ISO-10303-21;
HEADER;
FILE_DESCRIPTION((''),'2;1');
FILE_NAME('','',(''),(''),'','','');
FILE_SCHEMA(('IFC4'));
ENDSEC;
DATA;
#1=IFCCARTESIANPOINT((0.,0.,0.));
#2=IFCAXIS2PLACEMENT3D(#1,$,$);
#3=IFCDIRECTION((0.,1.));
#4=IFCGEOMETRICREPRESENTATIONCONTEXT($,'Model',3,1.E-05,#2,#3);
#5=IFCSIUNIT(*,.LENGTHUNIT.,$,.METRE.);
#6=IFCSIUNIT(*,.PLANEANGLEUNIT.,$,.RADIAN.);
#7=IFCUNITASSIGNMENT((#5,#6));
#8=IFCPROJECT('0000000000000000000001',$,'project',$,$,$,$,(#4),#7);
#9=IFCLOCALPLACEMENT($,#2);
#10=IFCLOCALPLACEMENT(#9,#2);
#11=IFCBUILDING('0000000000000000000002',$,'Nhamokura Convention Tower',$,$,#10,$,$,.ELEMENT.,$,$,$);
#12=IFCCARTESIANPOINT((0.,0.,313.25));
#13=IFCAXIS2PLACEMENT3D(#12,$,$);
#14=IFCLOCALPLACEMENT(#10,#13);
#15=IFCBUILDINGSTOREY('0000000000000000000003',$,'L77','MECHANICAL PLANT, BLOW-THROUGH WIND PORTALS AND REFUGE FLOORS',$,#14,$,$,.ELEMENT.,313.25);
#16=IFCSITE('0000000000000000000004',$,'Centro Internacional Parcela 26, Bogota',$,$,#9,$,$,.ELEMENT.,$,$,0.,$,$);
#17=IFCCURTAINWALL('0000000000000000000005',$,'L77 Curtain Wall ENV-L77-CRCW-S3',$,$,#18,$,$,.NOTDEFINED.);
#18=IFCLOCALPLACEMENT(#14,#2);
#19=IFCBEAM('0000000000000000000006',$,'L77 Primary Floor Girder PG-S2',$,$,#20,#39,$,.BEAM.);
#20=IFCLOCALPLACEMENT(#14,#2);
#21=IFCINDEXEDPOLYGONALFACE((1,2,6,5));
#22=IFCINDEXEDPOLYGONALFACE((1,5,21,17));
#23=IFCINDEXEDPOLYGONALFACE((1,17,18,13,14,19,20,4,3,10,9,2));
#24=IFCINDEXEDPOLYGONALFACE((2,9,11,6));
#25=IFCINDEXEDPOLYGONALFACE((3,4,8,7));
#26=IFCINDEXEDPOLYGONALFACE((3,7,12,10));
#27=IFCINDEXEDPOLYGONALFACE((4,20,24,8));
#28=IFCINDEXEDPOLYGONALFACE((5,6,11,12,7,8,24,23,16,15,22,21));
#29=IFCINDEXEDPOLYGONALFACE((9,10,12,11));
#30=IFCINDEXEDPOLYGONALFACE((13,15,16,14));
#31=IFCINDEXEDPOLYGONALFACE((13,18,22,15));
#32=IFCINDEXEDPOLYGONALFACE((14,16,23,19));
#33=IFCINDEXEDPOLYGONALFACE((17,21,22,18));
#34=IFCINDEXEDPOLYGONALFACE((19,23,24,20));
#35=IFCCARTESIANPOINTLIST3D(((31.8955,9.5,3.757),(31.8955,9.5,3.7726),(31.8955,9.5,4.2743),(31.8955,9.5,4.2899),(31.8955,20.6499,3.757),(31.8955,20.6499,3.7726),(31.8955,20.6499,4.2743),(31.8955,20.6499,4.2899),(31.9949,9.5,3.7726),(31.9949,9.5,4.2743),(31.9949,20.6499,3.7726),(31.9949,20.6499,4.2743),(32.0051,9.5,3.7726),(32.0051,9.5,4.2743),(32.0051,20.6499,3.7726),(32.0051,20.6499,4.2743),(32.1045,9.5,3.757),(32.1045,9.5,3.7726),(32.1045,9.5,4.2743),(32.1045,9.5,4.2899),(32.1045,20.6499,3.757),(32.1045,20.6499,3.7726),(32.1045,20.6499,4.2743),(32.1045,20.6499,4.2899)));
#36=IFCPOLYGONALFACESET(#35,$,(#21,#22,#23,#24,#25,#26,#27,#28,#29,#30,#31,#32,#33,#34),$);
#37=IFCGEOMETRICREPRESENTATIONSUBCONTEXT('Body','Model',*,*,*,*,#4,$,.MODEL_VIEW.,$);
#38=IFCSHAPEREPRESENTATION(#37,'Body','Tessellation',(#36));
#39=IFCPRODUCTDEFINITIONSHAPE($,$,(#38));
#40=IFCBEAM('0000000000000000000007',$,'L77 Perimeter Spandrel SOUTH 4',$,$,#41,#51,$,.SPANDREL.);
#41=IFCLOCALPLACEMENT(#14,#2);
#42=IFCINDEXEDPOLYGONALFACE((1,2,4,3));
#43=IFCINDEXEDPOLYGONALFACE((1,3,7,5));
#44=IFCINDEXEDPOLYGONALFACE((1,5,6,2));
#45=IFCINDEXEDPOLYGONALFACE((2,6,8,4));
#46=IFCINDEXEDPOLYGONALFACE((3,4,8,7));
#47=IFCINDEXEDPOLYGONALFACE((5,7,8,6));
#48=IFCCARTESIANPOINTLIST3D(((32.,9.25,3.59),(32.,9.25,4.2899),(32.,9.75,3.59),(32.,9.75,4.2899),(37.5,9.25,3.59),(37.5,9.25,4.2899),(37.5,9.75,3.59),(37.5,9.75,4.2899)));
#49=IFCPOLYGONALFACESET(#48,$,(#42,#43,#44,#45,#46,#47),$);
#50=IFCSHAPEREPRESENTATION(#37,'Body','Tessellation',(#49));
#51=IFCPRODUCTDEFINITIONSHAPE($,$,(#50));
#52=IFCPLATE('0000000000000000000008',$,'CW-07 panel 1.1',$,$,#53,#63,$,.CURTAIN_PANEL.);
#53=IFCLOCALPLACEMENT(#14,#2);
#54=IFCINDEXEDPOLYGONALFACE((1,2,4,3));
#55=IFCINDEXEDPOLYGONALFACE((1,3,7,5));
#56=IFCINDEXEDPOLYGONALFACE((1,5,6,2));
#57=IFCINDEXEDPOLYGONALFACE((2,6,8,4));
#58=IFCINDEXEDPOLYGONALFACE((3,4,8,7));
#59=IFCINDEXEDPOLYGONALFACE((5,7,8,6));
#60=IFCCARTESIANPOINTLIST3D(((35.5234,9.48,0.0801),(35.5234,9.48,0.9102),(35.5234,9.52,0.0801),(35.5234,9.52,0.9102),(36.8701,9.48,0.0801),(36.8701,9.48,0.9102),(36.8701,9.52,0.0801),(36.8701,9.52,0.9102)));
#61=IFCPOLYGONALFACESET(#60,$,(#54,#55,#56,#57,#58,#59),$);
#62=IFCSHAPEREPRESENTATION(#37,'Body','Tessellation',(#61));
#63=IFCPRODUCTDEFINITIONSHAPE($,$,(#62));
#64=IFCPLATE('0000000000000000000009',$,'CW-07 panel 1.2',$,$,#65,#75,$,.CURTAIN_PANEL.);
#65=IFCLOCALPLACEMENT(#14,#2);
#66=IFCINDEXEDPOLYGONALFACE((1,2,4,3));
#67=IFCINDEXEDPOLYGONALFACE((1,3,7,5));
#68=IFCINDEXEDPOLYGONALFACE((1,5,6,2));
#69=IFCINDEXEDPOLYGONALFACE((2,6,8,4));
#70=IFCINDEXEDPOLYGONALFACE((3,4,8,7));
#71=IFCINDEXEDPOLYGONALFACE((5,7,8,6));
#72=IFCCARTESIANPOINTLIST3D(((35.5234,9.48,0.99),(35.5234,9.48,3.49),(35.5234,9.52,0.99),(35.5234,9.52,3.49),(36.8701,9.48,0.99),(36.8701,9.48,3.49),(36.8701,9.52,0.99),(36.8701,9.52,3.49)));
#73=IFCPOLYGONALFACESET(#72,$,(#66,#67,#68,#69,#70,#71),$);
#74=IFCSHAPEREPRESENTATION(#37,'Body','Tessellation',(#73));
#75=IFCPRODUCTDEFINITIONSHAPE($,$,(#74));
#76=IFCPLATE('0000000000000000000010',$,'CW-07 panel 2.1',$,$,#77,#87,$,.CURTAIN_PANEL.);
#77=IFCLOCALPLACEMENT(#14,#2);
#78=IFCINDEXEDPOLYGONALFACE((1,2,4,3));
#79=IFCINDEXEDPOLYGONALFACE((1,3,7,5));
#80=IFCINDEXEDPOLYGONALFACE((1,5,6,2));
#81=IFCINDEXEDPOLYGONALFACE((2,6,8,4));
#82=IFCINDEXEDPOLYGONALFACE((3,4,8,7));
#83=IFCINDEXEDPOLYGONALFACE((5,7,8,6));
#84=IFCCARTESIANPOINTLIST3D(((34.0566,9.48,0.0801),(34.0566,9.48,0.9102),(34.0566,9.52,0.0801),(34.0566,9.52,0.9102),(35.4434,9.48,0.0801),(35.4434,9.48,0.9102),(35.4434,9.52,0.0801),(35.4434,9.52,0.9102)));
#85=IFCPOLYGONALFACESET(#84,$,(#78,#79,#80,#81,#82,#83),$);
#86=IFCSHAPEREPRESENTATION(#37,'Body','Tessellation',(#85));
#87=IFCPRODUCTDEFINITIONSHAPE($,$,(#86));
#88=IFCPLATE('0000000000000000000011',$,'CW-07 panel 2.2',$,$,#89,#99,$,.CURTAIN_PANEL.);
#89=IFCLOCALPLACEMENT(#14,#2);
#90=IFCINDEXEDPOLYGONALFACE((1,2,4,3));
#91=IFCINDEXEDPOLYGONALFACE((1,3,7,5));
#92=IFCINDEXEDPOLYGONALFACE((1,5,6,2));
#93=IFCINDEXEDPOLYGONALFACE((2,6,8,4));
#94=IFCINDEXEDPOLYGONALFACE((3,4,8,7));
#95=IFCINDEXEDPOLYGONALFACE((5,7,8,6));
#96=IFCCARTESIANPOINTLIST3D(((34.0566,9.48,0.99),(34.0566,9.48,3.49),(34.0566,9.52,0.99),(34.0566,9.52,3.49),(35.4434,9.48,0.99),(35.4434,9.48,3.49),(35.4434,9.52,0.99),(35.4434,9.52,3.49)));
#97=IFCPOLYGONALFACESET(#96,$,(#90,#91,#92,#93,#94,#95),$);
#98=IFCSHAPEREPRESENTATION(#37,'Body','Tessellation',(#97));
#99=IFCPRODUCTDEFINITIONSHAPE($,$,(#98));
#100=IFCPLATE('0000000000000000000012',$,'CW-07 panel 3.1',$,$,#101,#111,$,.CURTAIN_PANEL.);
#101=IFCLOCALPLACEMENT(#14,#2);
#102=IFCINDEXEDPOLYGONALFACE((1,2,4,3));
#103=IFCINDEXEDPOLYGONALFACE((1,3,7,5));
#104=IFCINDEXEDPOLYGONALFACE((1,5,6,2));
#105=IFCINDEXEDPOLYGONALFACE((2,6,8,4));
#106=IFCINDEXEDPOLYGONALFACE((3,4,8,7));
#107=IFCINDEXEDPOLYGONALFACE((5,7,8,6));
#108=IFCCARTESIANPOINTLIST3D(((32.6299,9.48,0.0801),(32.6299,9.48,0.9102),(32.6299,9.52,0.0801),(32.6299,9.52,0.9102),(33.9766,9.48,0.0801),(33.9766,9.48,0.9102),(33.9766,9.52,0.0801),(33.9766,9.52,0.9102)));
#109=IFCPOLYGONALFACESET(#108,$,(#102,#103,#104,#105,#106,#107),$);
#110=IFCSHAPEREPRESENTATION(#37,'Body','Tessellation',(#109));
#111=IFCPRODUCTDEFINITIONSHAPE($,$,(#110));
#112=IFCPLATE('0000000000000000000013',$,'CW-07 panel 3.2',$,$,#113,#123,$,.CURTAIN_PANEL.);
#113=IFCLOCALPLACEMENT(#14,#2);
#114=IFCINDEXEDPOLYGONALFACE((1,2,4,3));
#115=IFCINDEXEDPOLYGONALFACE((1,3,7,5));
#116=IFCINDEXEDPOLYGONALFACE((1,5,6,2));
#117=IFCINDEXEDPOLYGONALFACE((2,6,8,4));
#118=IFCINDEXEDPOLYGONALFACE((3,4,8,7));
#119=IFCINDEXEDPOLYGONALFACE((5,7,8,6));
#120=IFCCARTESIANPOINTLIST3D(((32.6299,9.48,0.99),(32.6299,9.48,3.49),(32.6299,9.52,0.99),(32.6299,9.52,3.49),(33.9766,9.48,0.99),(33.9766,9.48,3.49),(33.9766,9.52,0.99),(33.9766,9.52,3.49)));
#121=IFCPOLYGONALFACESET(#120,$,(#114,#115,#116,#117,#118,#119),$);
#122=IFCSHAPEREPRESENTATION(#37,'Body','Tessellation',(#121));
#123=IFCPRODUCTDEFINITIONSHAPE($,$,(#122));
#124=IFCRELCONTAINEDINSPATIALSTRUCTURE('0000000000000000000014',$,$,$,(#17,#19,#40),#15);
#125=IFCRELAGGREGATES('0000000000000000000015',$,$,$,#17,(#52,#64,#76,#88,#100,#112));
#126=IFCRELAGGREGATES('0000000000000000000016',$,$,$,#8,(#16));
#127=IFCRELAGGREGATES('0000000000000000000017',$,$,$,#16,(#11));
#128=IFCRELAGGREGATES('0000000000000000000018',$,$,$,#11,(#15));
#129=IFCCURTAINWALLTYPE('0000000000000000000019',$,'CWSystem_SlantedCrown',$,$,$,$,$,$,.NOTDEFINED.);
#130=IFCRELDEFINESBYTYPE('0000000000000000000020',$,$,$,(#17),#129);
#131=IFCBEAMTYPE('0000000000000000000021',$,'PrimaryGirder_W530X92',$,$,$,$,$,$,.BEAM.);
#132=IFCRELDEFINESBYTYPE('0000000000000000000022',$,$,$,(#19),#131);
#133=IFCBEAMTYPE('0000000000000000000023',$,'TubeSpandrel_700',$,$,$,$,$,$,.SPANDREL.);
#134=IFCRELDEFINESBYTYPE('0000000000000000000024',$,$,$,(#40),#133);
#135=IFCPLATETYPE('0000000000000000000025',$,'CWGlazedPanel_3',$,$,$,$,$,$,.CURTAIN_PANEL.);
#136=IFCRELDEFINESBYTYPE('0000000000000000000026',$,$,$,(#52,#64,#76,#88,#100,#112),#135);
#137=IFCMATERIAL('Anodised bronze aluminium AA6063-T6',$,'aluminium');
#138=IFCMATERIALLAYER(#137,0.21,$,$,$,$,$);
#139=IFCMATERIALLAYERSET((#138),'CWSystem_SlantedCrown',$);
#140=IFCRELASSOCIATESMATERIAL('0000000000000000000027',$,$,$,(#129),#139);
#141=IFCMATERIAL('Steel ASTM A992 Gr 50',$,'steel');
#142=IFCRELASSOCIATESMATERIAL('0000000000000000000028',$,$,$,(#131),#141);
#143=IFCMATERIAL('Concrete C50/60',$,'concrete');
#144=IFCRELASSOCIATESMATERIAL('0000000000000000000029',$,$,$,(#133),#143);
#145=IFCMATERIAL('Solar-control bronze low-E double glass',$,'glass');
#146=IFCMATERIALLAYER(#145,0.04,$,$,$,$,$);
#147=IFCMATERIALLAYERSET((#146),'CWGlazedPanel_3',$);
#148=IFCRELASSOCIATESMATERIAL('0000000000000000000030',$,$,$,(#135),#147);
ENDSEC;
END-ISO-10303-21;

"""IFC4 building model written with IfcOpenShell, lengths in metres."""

from ifc_helpers import new_model, si_unit, direction, frame, origin, origin_2d, place, context, subcontext, project, spatial, rectangle, i_section, extrude, material, layer, layer_set, material_profile, profile_set, type_object, element, aggregate, save


model = new_model("IFC4")

# Units and contexts
model_context = context("Model", 3, precision=1e-05, world=origin(), true_north=direction((0.0, 1.0)))
body_context = subcontext(model_context, "Body", "Model", "MODEL_VIEW")
ifc_project = project(units=[si_unit("LENGTHUNIT", "METRE"), si_unit("PLANEANGLEUNIT", "RADIAN")], contexts=[model_context])

# Site, building, storey
site_placement = place(None, origin())
site = spatial("IfcSite", under=ifc_project, at=site_placement, Name="Centro Internacional Parcela 26, Bogota", CompositionType="ELEMENT", RefElevation=0.0)
building_placement = place(site_placement, origin())
building = spatial("IfcBuilding", under=site, at=building_placement, Name="Nhamokura Convention Tower", CompositionType="ELEMENT")
storey_placement = place(building_placement, frame((0.0, 0.0, 313.25)))
storey = spatial("IfcBuildingStorey", under=building, at=storey_placement, Name="L77", Description="MECHANICAL PLANT, BLOW-THROUGH WIND PORTALS AND REFUGE FLOORS", CompositionType="ELEMENT", Elevation=313.25)

# Shared definitions
ifc_material_1 = material(Name="Anodised bronze aluminium AA6063-T6", Category="aluminium")
ifc_layer_1 = layer(ifc_material_1, 0.21)
ifc_layer_set_1 = layer_set([ifc_layer_1], Name="CWSystem_SlantedCrown")
curtain_wall_type = type_object("IfcCurtainWallType", Name="CWSystem_SlantedCrown", PredefinedType="NOTDEFINED", material=ifc_layer_set_1)

# Curtain wall
curtain_wall_1_placement = place(storey_placement, origin())
curtain_wall_1 = element("IfcCurtainWall", 1, at=curtain_wall_1_placement, inside=storey, type_object=curtain_wall_type, Name="L77 Curtain Wall ENV-L77-CRCW-S3", PredefinedType="NOTDEFINED")

# Beams
ifc_material_2 = material(Name="Steel ASTM A992 Gr 50", Category="steel")
ifc_material_profile_1 = material_profile(ifc_material_2, i_section(OverallWidth=0.209, OverallDepth=0.533, WebThickness=0.0103, FlangeThickness=0.0156, at=origin_2d()))
ifc_profile_set_1 = profile_set([ifc_material_profile_1], Name="Steel ASTM A992 Gr 50")
beam_type_1 = type_object("IfcBeamType", Name="PrimaryGirder_W530X92", PredefinedType="BEAM", material=ifc_profile_set_1)
beam_1_placement = place(storey_placement, frame((32.0, 9.5, 4.0234), z_axis=(0.0, 1.0, 0.0), x_axis=(-1.0, 0.0, 0.0)))
element("IfcBeam", 2, at=beam_1_placement, inside=storey, type_object=beam_type_1, Name="L77 Primary Floor Girder PG-S2", PredefinedType="BEAM", context=body_context, shape_type="SweptSolid", body=[
    extrude(i_section(OverallWidth=0.209, OverallDepth=0.533, WebThickness=0.0103, FlangeThickness=0.0156, at=origin_2d()), origin(), (0.0, 0.0, 1.0), 11.1499),
])
ifc_material_3 = material(Name="Concrete C50/60", Category="concrete")
ifc_material_profile_2 = material_profile(ifc_material_3, rectangle(XDim=0.5, YDim=0.7, at=origin_2d()))
ifc_profile_set_2 = profile_set([ifc_material_profile_2], Name="Concrete C50/60")
beam_type_2 = type_object("IfcBeamType", Name="TubeSpandrel_700", PredefinedType="SPANDREL", material=ifc_profile_set_2)
beam_2_placement = place(storey_placement, frame((32.0, 9.5, 3.9399), z_axis=(1.0, 0.0, 0.0), x_axis=(0.0, 1.0, 0.0)))
element("IfcBeam", 3, at=beam_2_placement, inside=storey, type_object=beam_type_2, Name="L77 Perimeter Spandrel SOUTH 4", PredefinedType="SPANDREL", context=body_context, shape_type="SweptSolid", body=[
    extrude(rectangle(XDim=0.5, YDim=0.7, at=origin_2d()), origin(), (0.0, 0.0, 1.0), 5.5),
])

# Plates
ifc_material_4 = material(Name="Solar-control bronze low-E double glass", Category="glass")
ifc_layer_2 = layer(ifc_material_4, 0.04)
ifc_layer_set_2 = layer_set([ifc_layer_2], Name="CWGlazedPanel_3")
plate_type = type_object("IfcPlateType", Name="CWGlazedPanel_3", PredefinedType="CURTAIN_PANEL", material=ifc_layer_set_2)
plate_1_placement = place(storey_placement, frame((36.1968, 9.5, 0.0801), z_axis=(0.0, 0.0, 1.0), x_axis=(-1.0, 0.0, 0.0)))
plate_1 = element("IfcPlate", 4, at=plate_1_placement, type_object=plate_type, Name="CW-07 panel 1.1", PredefinedType="CURTAIN_PANEL", context=body_context, shape_type="SweptSolid", body=[
    extrude(rectangle(XDim=1.3467, YDim=0.04, at=origin_2d()), origin(), (0.0, 0.0, 1.0), 0.8301),
])
plate_2_placement = place(storey_placement, frame((36.1968, 9.5, 0.99), z_axis=(0.0, 0.0, 1.0), x_axis=(-1.0, 0.0, 0.0)))
plate_2 = element("IfcPlate", 5, at=plate_2_placement, type_object=plate_type, Name="CW-07 panel 1.2", PredefinedType="CURTAIN_PANEL", context=body_context, shape_type="SweptSolid", body=[
    extrude(rectangle(XDim=1.3467, YDim=0.04, at=origin_2d()), origin(), (0.0, 0.0, 1.0), 2.5),
])
plate_3_placement = place(storey_placement, frame((34.75, 9.5, 0.0801), z_axis=(0.0, 0.0, 1.0), x_axis=(-1.0, 0.0, 0.0)))
plate_3 = element("IfcPlate", 6, at=plate_3_placement, type_object=plate_type, Name="CW-07 panel 2.1", PredefinedType="CURTAIN_PANEL", context=body_context, shape_type="SweptSolid", body=[
    extrude(rectangle(XDim=1.3867, YDim=0.04, at=origin_2d()), origin(), (0.0, 0.0, 1.0), 0.8301),
])
plate_4_placement = place(storey_placement, frame((34.75, 9.5, 0.99), z_axis=(0.0, 0.0, 1.0), x_axis=(-1.0, 0.0, 0.0)))
plate_4 = element("IfcPlate", 7, at=plate_4_placement, type_object=plate_type, Name="CW-07 panel 2.2", PredefinedType="CURTAIN_PANEL", context=body_context, shape_type="SweptSolid", body=[
    extrude(rectangle(XDim=1.3867, YDim=0.04, at=origin_2d()), origin(), (0.0, 0.0, 1.0), 2.5),
])
plate_5_placement = place(storey_placement, frame((33.3032, 9.5, 0.0801), z_axis=(0.0, 0.0, 1.0), x_axis=(-1.0, 0.0, 0.0)))
plate_5 = element("IfcPlate", 8, at=plate_5_placement, type_object=plate_type, Name="CW-07 panel 3.1", PredefinedType="CURTAIN_PANEL", context=body_context, shape_type="SweptSolid", body=[
    extrude(rectangle(XDim=1.3467, YDim=0.04, at=origin_2d()), origin(), (0.0, 0.0, 1.0), 0.8301),
])
plate_6_placement = place(storey_placement, frame((33.3032, 9.5, 0.99), z_axis=(0.0, 0.0, 1.0), x_axis=(-1.0, 0.0, 0.0)))
plate_6 = element("IfcPlate", 9, at=plate_6_placement, type_object=plate_type, Name="CW-07 panel 3.2", PredefinedType="CURTAIN_PANEL", context=body_context, shape_type="SweptSolid", body=[
    extrude(rectangle(XDim=1.3467, YDim=0.04, at=origin_2d()), origin(), (0.0, 0.0, 1.0), 2.5),
])
aggregate(curtain_wall_1, [plate_1, plate_2, plate_3, plate_4, plate_5, plate_6])

save(model, "model.ifc")
